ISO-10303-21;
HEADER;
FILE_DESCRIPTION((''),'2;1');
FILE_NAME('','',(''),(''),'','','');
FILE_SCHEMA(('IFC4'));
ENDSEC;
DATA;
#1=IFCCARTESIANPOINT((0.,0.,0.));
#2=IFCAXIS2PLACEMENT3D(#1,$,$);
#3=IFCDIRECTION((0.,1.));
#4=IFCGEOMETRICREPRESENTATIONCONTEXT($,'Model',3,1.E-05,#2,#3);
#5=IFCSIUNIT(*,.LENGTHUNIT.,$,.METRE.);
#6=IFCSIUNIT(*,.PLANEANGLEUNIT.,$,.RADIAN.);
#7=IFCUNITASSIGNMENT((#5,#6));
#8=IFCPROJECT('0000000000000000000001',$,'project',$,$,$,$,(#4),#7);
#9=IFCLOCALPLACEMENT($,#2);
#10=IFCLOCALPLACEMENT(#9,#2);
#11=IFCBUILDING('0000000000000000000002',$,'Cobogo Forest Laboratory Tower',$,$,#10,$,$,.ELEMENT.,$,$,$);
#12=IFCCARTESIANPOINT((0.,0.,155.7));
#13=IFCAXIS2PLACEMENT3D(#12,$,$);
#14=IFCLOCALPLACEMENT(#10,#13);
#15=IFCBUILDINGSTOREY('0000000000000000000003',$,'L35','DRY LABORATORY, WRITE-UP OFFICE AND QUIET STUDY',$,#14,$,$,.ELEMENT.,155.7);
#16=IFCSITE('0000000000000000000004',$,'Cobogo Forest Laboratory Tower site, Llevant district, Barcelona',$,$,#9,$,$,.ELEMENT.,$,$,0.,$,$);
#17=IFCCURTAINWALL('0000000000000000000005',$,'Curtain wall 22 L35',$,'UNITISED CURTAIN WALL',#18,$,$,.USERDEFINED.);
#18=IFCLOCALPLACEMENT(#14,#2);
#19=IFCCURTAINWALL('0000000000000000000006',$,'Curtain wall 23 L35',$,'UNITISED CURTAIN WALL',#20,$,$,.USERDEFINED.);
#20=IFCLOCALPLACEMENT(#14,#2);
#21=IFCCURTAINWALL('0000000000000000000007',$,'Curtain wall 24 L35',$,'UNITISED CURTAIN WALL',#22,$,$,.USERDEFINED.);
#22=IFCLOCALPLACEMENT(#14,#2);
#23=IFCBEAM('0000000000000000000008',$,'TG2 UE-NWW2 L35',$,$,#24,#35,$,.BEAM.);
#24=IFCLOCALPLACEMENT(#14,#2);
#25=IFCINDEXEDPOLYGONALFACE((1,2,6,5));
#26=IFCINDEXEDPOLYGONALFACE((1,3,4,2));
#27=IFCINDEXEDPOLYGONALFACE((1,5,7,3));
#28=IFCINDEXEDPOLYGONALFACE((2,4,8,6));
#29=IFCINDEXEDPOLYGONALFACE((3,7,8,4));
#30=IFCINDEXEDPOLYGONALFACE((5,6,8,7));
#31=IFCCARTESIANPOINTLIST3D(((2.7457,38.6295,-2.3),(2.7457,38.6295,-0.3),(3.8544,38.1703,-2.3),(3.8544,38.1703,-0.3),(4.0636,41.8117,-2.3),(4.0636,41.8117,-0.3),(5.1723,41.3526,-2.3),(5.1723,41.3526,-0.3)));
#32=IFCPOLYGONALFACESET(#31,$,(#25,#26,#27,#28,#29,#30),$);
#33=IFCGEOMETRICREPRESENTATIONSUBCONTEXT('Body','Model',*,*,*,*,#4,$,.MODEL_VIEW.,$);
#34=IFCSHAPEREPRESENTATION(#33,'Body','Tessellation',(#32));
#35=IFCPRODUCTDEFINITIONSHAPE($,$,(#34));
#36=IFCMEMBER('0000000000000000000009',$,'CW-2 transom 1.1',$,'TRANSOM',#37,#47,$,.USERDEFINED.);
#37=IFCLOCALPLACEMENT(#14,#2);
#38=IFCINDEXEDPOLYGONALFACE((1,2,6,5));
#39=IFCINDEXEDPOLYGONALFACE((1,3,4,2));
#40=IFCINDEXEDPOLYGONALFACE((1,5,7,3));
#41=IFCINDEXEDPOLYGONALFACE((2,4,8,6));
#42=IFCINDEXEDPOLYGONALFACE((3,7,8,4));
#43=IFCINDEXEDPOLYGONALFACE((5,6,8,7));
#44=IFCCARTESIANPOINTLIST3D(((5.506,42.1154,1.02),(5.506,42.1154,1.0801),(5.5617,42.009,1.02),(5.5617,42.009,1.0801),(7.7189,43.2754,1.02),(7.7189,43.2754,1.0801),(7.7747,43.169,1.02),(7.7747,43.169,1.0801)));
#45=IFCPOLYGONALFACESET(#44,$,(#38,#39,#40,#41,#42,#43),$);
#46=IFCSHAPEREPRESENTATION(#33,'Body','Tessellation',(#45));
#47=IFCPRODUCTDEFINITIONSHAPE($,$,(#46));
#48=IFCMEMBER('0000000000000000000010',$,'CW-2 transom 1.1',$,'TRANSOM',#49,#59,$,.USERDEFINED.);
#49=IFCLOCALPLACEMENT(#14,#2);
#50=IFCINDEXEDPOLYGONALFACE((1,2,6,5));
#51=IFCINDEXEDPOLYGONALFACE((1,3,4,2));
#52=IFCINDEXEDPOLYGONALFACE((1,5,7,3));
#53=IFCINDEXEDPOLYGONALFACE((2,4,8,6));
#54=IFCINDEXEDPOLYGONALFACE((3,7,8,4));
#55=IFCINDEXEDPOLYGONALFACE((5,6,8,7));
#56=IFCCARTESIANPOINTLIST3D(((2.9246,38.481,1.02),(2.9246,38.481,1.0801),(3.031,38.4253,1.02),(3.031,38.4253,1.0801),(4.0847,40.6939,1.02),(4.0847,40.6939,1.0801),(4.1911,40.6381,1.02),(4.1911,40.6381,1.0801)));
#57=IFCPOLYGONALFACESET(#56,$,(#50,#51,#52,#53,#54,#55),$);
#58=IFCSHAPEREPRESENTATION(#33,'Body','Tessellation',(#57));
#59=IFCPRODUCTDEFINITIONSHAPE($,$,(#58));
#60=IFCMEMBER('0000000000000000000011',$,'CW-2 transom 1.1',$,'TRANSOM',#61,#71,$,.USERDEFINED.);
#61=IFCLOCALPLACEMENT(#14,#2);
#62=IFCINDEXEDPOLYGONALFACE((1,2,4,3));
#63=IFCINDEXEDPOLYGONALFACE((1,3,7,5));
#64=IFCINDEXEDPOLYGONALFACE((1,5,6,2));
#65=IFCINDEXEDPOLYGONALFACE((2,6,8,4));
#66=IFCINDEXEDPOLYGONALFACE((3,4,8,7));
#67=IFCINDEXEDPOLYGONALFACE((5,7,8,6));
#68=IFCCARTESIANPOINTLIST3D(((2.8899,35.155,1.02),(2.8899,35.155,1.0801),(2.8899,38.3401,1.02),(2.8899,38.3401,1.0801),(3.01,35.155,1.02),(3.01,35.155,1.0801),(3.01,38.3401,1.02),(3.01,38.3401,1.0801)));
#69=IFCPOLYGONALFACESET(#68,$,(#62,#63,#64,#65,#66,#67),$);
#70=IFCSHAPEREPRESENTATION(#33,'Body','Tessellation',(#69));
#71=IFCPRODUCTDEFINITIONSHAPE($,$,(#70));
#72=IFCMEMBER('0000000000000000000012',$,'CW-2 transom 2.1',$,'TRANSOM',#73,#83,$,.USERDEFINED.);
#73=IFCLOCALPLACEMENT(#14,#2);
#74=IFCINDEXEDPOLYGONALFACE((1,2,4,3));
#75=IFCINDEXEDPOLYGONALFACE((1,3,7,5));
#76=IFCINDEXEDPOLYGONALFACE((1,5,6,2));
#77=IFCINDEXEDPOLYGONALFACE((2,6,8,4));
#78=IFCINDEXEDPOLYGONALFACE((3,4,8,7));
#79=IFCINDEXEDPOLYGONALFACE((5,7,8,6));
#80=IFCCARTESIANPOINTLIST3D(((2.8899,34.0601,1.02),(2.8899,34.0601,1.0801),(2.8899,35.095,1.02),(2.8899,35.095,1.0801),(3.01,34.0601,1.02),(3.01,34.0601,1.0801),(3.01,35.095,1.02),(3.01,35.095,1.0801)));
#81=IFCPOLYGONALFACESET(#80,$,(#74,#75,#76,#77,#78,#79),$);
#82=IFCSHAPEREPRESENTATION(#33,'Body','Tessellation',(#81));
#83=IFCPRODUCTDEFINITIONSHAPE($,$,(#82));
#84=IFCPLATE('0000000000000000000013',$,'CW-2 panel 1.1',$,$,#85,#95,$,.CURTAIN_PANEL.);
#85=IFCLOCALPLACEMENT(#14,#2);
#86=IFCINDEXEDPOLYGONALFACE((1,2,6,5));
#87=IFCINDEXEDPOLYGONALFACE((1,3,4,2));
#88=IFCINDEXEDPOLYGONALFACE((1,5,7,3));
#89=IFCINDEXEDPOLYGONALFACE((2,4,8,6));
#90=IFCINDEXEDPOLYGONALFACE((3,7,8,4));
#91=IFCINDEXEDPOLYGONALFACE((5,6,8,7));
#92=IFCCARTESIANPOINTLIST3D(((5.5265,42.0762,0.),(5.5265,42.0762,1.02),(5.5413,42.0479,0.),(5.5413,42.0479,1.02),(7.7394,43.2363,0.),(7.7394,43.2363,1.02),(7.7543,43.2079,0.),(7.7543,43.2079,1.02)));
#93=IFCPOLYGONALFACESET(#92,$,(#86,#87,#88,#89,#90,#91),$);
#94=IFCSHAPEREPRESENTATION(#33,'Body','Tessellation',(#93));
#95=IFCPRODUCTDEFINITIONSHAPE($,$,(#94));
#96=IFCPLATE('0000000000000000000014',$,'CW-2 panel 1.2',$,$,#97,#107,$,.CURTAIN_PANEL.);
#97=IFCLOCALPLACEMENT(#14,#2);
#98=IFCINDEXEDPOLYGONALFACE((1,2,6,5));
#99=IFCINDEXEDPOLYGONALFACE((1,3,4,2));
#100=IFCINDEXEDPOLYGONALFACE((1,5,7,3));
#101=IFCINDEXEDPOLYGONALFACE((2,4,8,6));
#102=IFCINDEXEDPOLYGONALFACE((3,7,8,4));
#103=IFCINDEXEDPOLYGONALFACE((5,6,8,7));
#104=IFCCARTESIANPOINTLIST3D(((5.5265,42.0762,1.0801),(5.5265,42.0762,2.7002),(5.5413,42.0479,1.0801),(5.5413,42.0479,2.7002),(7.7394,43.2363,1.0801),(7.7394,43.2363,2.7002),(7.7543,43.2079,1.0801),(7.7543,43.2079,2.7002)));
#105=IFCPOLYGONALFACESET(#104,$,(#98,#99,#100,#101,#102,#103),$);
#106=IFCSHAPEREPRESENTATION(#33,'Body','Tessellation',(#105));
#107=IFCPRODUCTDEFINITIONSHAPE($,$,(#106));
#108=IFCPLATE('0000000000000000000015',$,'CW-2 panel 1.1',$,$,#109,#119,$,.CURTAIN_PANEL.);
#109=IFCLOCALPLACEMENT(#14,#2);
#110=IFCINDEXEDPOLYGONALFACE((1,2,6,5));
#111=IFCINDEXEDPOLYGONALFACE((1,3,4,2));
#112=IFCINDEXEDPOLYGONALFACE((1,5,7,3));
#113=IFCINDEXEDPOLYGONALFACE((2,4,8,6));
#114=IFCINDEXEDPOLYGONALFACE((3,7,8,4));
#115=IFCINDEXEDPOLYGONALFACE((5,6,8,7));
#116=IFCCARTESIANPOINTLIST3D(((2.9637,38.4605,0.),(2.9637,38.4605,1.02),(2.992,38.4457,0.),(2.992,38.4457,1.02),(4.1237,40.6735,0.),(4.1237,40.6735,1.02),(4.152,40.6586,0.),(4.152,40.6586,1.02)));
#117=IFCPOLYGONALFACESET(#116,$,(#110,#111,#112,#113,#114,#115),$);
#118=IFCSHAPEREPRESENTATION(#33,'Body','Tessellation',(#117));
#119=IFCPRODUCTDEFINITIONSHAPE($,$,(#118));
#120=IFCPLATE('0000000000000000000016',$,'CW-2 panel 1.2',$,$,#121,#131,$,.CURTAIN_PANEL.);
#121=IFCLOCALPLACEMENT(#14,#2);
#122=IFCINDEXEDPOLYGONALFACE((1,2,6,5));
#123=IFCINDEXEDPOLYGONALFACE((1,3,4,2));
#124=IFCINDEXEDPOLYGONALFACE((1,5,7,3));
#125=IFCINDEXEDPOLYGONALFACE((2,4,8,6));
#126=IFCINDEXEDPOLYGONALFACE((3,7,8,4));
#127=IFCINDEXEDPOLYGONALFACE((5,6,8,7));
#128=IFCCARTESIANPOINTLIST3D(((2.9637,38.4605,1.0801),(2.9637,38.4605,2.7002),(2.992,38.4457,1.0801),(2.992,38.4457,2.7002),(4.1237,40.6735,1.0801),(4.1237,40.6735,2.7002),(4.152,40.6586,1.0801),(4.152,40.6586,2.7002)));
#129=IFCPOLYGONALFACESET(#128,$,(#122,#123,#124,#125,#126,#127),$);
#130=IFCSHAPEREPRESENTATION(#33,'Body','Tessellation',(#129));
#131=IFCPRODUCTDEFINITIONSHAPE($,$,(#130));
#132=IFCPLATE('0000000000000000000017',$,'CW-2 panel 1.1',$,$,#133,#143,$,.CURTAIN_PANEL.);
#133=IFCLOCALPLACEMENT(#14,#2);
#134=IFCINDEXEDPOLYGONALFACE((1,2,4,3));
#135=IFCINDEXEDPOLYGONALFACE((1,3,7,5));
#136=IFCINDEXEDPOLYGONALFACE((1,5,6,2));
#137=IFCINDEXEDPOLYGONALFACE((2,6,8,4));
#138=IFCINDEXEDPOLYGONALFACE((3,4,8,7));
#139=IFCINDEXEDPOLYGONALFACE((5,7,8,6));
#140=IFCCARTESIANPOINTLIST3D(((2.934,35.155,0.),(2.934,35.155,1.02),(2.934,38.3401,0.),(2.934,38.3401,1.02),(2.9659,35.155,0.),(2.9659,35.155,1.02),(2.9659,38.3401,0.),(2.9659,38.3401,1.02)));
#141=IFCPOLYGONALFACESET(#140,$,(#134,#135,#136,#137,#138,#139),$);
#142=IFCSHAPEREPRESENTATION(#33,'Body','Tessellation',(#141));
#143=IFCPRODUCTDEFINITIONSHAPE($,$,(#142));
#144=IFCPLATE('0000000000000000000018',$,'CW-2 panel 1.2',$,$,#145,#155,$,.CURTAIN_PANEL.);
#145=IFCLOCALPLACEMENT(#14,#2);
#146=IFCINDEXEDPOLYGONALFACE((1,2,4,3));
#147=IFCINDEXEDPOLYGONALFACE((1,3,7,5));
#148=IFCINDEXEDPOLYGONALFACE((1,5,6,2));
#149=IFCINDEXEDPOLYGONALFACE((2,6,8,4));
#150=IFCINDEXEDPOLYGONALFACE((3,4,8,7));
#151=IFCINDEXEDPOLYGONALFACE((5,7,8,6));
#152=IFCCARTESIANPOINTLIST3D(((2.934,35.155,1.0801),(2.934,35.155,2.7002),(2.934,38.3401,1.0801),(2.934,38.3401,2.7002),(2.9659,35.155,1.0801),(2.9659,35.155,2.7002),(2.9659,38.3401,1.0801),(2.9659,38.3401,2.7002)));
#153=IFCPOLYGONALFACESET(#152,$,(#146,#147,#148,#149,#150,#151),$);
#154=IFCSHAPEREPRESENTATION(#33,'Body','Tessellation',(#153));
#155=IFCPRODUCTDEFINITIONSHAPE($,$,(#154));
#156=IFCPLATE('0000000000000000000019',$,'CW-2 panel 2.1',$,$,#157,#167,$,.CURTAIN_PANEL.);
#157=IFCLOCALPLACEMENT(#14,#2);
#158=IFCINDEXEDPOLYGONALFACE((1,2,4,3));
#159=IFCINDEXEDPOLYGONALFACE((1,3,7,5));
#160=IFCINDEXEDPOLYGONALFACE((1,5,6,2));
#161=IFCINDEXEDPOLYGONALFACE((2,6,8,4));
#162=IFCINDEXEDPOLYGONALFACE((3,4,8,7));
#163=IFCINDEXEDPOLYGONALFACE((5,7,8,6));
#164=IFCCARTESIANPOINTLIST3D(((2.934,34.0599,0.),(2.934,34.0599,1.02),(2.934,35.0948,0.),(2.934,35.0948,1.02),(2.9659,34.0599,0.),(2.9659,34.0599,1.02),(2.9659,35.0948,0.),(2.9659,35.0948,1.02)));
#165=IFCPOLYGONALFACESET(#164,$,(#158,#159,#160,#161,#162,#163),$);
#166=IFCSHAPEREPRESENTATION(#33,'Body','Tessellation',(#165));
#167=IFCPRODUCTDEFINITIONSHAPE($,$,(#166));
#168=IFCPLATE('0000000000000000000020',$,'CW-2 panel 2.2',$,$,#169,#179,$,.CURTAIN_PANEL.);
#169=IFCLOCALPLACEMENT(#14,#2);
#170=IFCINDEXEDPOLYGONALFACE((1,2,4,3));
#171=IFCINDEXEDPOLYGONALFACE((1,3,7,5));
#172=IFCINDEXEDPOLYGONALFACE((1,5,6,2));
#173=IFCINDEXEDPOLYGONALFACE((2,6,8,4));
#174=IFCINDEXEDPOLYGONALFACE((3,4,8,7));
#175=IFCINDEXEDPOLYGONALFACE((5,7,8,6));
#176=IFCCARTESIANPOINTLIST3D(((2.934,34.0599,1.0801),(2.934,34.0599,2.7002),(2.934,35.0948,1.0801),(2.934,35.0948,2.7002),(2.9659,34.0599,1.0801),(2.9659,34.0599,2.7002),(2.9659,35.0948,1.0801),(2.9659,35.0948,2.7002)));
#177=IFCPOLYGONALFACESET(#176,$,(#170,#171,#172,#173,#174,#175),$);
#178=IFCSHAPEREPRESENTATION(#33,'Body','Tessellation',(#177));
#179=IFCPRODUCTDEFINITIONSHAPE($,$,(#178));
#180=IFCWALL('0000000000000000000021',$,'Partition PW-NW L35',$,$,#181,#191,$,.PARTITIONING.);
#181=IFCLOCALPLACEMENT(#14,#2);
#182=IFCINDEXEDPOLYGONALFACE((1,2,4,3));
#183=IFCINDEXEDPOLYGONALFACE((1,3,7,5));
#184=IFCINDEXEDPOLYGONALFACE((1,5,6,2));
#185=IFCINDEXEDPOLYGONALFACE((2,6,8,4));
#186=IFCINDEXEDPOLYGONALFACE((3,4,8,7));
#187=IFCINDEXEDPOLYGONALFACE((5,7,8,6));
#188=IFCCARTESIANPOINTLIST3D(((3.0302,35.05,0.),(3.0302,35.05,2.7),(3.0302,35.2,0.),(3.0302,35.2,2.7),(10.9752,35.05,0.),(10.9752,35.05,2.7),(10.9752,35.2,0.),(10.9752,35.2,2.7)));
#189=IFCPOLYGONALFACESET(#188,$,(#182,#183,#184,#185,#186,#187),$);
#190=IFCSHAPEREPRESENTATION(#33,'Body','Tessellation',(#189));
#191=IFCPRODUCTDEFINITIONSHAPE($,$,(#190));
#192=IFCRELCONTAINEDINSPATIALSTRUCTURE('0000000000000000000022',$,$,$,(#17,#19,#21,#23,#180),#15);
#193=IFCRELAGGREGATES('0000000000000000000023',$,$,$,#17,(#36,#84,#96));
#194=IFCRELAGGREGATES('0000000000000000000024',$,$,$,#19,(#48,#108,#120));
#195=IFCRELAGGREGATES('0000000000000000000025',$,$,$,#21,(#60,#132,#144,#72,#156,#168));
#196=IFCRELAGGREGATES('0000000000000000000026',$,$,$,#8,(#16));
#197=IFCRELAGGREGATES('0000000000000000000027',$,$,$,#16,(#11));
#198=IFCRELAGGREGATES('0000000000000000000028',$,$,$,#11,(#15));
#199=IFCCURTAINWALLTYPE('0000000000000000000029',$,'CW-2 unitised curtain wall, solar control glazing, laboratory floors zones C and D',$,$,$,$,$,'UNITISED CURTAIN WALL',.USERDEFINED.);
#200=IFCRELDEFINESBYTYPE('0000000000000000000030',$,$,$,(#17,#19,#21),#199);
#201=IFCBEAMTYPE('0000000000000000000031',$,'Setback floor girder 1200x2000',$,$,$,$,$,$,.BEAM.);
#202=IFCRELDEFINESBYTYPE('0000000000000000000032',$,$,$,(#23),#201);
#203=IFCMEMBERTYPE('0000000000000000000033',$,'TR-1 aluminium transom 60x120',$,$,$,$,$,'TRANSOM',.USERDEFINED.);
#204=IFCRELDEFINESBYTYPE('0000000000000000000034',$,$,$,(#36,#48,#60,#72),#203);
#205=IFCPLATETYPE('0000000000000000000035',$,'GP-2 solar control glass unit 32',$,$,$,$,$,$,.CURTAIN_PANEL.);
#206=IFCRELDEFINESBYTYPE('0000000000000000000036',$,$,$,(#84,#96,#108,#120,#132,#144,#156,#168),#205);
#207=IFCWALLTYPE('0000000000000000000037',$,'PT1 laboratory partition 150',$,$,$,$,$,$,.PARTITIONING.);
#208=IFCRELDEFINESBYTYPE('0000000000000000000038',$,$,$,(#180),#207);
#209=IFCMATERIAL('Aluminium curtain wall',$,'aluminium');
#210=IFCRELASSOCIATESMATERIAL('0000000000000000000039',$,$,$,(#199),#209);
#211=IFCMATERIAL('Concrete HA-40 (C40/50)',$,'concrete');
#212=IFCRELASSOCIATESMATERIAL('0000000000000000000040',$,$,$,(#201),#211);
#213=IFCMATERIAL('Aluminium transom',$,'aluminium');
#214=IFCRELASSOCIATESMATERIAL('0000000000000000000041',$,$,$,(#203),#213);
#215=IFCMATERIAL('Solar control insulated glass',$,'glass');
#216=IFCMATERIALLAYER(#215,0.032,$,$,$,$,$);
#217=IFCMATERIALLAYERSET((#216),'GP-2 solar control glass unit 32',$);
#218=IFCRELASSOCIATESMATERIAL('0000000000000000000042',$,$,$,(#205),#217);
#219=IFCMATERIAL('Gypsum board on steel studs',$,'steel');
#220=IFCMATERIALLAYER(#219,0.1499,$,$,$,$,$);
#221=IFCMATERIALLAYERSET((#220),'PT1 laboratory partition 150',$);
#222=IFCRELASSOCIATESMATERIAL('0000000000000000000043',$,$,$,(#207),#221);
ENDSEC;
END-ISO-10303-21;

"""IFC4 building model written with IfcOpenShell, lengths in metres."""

from ifc_helpers import new_model, si_unit, direction, frame, frame_2d, origin, origin_2d, place, context, subcontext, project, spatial, rectangle, extrude, material, layer, layer_set, material_profile, profile_set, type_object, element, aggregate, save


model = new_model("IFC4")

# Units and contexts
model_context = context("Model", 3, precision=1e-05, world=origin(), true_north=direction((0.0, 1.0)))
body_context = subcontext(model_context, "Body", "Model", "MODEL_VIEW")
ifc_project = project(units=[si_unit("LENGTHUNIT", "METRE"), si_unit("PLANEANGLEUNIT", "RADIAN")], contexts=[model_context])

# Site, building, storey
site_placement = place(None, origin())
site = spatial("IfcSite", under=ifc_project, at=site_placement, Name="Cobogo Forest Laboratory Tower site, Llevant district, Barcelona", CompositionType="ELEMENT", RefElevation=0.0)
building_placement = place(site_placement, origin())
building = spatial("IfcBuilding", under=site, at=building_placement, Name="Cobogo Forest Laboratory Tower", CompositionType="ELEMENT")
storey_placement = place(building_placement, frame((0.0, 0.0, 155.7)))
storey = spatial("IfcBuildingStorey", under=building, at=storey_placement, Name="L35", Description="DRY LABORATORY, WRITE-UP OFFICE AND QUIET STUDY", CompositionType="ELEMENT", Elevation=155.7)

# Curtain wall
ifc_material_1 = material(Name="Aluminium curtain wall", Category="aluminium")
curtain_wall_type = type_object("IfcCurtainWallType", Name="CW-2 unitised curtain wall, solar control glazing, laboratory floors zones C and D", ElementType="UNITISED CURTAIN WALL", PredefinedType="USERDEFINED", material=ifc_material_1)
curtain_wall_1_placement = place(storey_placement, origin())
curtain_wall_1 = element("IfcCurtainWall", 1, at=curtain_wall_1_placement, inside=storey, type_object=curtain_wall_type, Name="Curtain wall 22 L35", ObjectType="UNITISED CURTAIN WALL", PredefinedType="USERDEFINED")

# Curtain walls
curtain_wall_2_placement = place(storey_placement, origin())
curtain_wall_2 = element("IfcCurtainWall", 2, at=curtain_wall_2_placement, inside=storey, type_object=curtain_wall_type, Name="Curtain wall 23 L35", ObjectType="UNITISED CURTAIN WALL", PredefinedType="USERDEFINED")
curtain_wall_3_placement = place(storey_placement, origin())
curtain_wall_3 = element("IfcCurtainWall", 3, at=curtain_wall_3_placement, inside=storey, type_object=curtain_wall_type, Name="Curtain wall 24 L35", ObjectType="UNITISED CURTAIN WALL", PredefinedType="USERDEFINED")

# Beam
ifc_material_2 = material(Name="Concrete HA-40 (C40/50)", Category="concrete")
ifc_material_profile_1 = material_profile(ifc_material_2, rectangle(XDim=1.2, YDim=2.0, at=origin_2d()), Name="RC 1200x2000")
ifc_profile_set_1 = profile_set([ifc_material_profile_1], Name="Concrete HA-40 (C40/50)")
beam_type = type_object("IfcBeamType", Name="Setback floor girder 1200x2000", PredefinedType="BEAM", material=ifc_profile_set_1)
for number, where, z_axis, x_axis, name in (
    (4, (3.3, 38.3999, -1.3), (0.382631, 0.923901, 0.0), (-0.923901, 0.382631, 0.0), "TG2 UE-NWW2 L35"),
):
    element("IfcBeam", number, at=place(storey_placement, frame(where, z_axis=z_axis, x_axis=x_axis)), inside=storey, type_object=beam_type, Name=name, PredefinedType="BEAM", context=body_context, shape_type="SweptSolid", body=[
        extrude(rectangle(XDim=1.2, YDim=2.0, at=origin_2d()), origin(), (0.0, 0.0, 1.0), 3.4443),
    ])

# Members
ifc_material_3 = material(Name="Aluminium transom", Category="aluminium")
ifc_material_profile_2 = material_profile(ifc_material_3, rectangle(XDim=0.1201, YDim=0.0601, at=origin_2d()), Name="AL 60x120")
ifc_profile_set_2 = profile_set([ifc_material_profile_2], Name="Aluminium transom")
member_type_1 = type_object("IfcMemberType", Name="TR-1 aluminium transom 60x120", ElementType="TRANSOM", PredefinedType="USERDEFINED", material=ifc_profile_set_2)
member_1_placement = place(storey_placement, frame((7.7468, 43.2222, 1.05), z_axis=(-0.885703, -0.464252, 0.0), x_axis=(0.464252, -0.885703, 0.0)))
member_1 = element("IfcMember", 5, at=member_1_placement, type_object=member_type_1, Name="CW-2 transom 1.1", ObjectType="TRANSOM", PredefinedType="USERDEFINED", context=body_context, shape_type="SweptSolid", body=[
    extrude(rectangle(XDim=0.1201, YDim=0.0601, at=origin_2d()), origin(), (0.0, 0.0, 1.0), 2.4985),
])
member_2_placement = place(storey_placement, frame((4.1379, 40.666, 1.05), z_axis=(-0.464328, -0.885663, 0.0), x_axis=(0.885663, -0.464328, 0.0)))
member_2 = element("IfcMember", 6, at=member_2_placement, type_object=member_type_1, Name="CW-2 transom 1.1", ObjectType="TRANSOM", PredefinedType="USERDEFINED", context=body_context, shape_type="SweptSolid", body=[
    extrude(rectangle(XDim=0.1201, YDim=0.0601, at=origin_2d()), origin(), (0.0, 0.0, 1.0), 2.4985),
])
member_3_placement = place(storey_placement, frame((2.95, 38.3401, 1.05), z_axis=(0.0, -1.0, 0.0), x_axis=(1.0, 0.0, 0.0)))
member_3 = element("IfcMember", 7, at=member_3_placement, type_object=member_type_1, Name="CW-2 transom 1.1", ObjectType="TRANSOM", PredefinedType="USERDEFINED", context=body_context, shape_type="SweptSolid", body=[
    extrude(rectangle(XDim=0.1201, YDim=0.0601, at=origin_2d()), origin(), (0.0, 0.0, 1.0), 3.1851),
])
member_4_placement = place(storey_placement, frame((2.95, 35.095, 1.05), z_axis=(0.0, -1.0, 0.0), x_axis=(1.0, 0.0, 0.0)))
member_4 = element("IfcMember", 8, at=member_4_placement, type_object=member_type_1, Name="CW-2 transom 2.1", ObjectType="TRANSOM", PredefinedType="USERDEFINED", context=body_context, shape_type="SweptSolid", body=[
    extrude(rectangle(XDim=0.1201, YDim=0.0601, at=origin_2d()), origin(), (0.0, 0.0, 1.0), 1.0349),
])

# Plates
ifc_material_4 = material(Name="Solar control insulated glass", Category="glass")
ifc_layer_1 = layer(ifc_material_4, 0.032)
ifc_layer_set_1 = layer_set([ifc_layer_1], Name="GP-2 solar control glass unit 32")
plate_type = type_object("IfcPlateType", Name="GP-2 solar control glass unit 32", PredefinedType="CURTAIN_PANEL", material=ifc_layer_set_1)
plate_1_placement = place(storey_placement, frame((6.6404, 42.6421, 0.0), z_axis=(0.0, 0.0, 1.0), x_axis=(-0.885687, -0.464284, 0.0)))
plate_1 = element("IfcPlate", 9, at=plate_1_placement, type_object=plate_type, Name="CW-2 panel 1.1", PredefinedType="CURTAIN_PANEL", context=body_context, shape_type="SweptSolid", body=[
    extrude(rectangle(XDim=2.4985, YDim=0.032, at=origin_2d()), origin(), (0.0, 0.0, 1.0), 1.02),
])
plate_2_placement = place(storey_placement, frame((6.6404, 42.6421, 1.0801), z_axis=(0.0, 0.0, 1.0), x_axis=(-0.885687, -0.464284, 0.0)))
plate_2 = element("IfcPlate", 10, at=plate_2_placement, type_object=plate_type, Name="CW-2 panel 1.2", PredefinedType="CURTAIN_PANEL", context=body_context, shape_type="SweptSolid", body=[
    extrude(rectangle(XDim=2.4985, YDim=0.032, at=origin_2d()), origin(), (0.0, 0.0, 1.0), 1.6201),
])
aggregate(curtain_wall_1, [member_1, plate_1, plate_2])
plate_3_placement = place(storey_placement, frame((3.5579, 39.5596, 0.0), z_axis=(0.0, 0.0, 1.0), x_axis=(-0.464284, -0.885687, 0.0)))
plate_3 = element("IfcPlate", 11, at=plate_3_placement, type_object=plate_type, Name="CW-2 panel 1.1", PredefinedType="CURTAIN_PANEL", context=body_context, shape_type="SweptSolid", body=[
    extrude(rectangle(XDim=2.4985, YDim=0.032, at=origin_2d()), origin(), (0.0, 0.0, 1.0), 1.02),
])
plate_4_placement = place(storey_placement, frame((3.5579, 39.5596, 1.0801), z_axis=(0.0, 0.0, 1.0), x_axis=(-0.464284, -0.885687, 0.0)))
plate_4 = element("IfcPlate", 12, at=plate_4_placement, type_object=plate_type, Name="CW-2 panel 1.2", PredefinedType="CURTAIN_PANEL", context=body_context, shape_type="SweptSolid", body=[
    extrude(rectangle(XDim=2.4985, YDim=0.032, at=origin_2d()), origin(), (0.0, 0.0, 1.0), 1.6201),
])
aggregate(curtain_wall_2, [member_2, plate_3, plate_4])
plate_5_placement = place(storey_placement, frame((2.95, 36.7476, 0.0), z_axis=(0.0, 0.0, 1.0), x_axis=(0.0, -1.0, 0.0)))
plate_5 = element("IfcPlate", 13, at=plate_5_placement, type_object=plate_type, Name="CW-2 panel 1.1", PredefinedType="CURTAIN_PANEL", context=body_context, shape_type="SweptSolid", body=[
    extrude(rectangle(XDim=3.1851, YDim=0.032, at=origin_2d()), origin(), (0.0, 0.0, 1.0), 1.02),
])
plate_6_placement = place(storey_placement, frame((2.95, 36.7476, 1.0801), z_axis=(0.0, 0.0, 1.0), x_axis=(0.0, -1.0, 0.0)))
plate_6 = element("IfcPlate", 14, at=plate_6_placement, type_object=plate_type, Name="CW-2 panel 1.2", PredefinedType="CURTAIN_PANEL", context=body_context, shape_type="SweptSolid", body=[
    extrude(rectangle(XDim=3.1851, YDim=0.032, at=origin_2d()), origin(), (0.0, 0.0, 1.0), 1.6201),
])
plate_7_placement = place(storey_placement, frame((2.95, 34.5774, 0.0), z_axis=(0.0, 0.0, 1.0), x_axis=(0.0, -1.0, 0.0)))
plate_7 = element("IfcPlate", 15, at=plate_7_placement, type_object=plate_type, Name="CW-2 panel 2.1", PredefinedType="CURTAIN_PANEL", context=body_context, shape_type="SweptSolid", body=[
    extrude(rectangle(XDim=1.0349, YDim=0.032, at=origin_2d()), origin(), (0.0, 0.0, 1.0), 1.02),
])
plate_8_placement = place(storey_placement, frame((2.95, 34.5774, 1.0801), z_axis=(0.0, 0.0, 1.0), x_axis=(0.0, -1.0, 0.0)))
plate_8 = element("IfcPlate", 16, at=plate_8_placement, type_object=plate_type, Name="CW-2 panel 2.2", PredefinedType="CURTAIN_PANEL", context=body_context, shape_type="SweptSolid", body=[
    extrude(rectangle(XDim=1.0349, YDim=0.032, at=origin_2d()), origin(), (0.0, 0.0, 1.0), 1.6201),
])
aggregate(curtain_wall_3, [member_3, plate_5, plate_6, member_4, plate_7, plate_8])

# Wall
ifc_material_5 = material(Name="Gypsum board on steel studs", Category="steel")
ifc_layer_2 = layer(ifc_material_5, 0.1499)
ifc_layer_set_2 = layer_set([ifc_layer_2], Name="PT1 laboratory partition 150")
wall_type = type_object("IfcWallType", Name="PT1 laboratory partition 150", PredefinedType="PARTITIONING", material=ifc_layer_set_2)
wall_placement = place(storey_placement, frame((3.03, 35.125, 0.0), z_axis=(0.0, 0.0, 1.0), x_axis=(1.0, 0.0, 0.0)))
element("IfcWall", 17, at=wall_placement, inside=storey, type_object=wall_type, Name="Partition PW-NW L35", PredefinedType="PARTITIONING", context=body_context, shape_type="SweptSolid", body=[
    extrude(rectangle(XDim=7.9451, YDim=0.1499, at=frame_2d((3.9727, 0.0))), origin(), (0.0, 0.0, 1.0), 2.7),
])

save(model, "model.ifc")
